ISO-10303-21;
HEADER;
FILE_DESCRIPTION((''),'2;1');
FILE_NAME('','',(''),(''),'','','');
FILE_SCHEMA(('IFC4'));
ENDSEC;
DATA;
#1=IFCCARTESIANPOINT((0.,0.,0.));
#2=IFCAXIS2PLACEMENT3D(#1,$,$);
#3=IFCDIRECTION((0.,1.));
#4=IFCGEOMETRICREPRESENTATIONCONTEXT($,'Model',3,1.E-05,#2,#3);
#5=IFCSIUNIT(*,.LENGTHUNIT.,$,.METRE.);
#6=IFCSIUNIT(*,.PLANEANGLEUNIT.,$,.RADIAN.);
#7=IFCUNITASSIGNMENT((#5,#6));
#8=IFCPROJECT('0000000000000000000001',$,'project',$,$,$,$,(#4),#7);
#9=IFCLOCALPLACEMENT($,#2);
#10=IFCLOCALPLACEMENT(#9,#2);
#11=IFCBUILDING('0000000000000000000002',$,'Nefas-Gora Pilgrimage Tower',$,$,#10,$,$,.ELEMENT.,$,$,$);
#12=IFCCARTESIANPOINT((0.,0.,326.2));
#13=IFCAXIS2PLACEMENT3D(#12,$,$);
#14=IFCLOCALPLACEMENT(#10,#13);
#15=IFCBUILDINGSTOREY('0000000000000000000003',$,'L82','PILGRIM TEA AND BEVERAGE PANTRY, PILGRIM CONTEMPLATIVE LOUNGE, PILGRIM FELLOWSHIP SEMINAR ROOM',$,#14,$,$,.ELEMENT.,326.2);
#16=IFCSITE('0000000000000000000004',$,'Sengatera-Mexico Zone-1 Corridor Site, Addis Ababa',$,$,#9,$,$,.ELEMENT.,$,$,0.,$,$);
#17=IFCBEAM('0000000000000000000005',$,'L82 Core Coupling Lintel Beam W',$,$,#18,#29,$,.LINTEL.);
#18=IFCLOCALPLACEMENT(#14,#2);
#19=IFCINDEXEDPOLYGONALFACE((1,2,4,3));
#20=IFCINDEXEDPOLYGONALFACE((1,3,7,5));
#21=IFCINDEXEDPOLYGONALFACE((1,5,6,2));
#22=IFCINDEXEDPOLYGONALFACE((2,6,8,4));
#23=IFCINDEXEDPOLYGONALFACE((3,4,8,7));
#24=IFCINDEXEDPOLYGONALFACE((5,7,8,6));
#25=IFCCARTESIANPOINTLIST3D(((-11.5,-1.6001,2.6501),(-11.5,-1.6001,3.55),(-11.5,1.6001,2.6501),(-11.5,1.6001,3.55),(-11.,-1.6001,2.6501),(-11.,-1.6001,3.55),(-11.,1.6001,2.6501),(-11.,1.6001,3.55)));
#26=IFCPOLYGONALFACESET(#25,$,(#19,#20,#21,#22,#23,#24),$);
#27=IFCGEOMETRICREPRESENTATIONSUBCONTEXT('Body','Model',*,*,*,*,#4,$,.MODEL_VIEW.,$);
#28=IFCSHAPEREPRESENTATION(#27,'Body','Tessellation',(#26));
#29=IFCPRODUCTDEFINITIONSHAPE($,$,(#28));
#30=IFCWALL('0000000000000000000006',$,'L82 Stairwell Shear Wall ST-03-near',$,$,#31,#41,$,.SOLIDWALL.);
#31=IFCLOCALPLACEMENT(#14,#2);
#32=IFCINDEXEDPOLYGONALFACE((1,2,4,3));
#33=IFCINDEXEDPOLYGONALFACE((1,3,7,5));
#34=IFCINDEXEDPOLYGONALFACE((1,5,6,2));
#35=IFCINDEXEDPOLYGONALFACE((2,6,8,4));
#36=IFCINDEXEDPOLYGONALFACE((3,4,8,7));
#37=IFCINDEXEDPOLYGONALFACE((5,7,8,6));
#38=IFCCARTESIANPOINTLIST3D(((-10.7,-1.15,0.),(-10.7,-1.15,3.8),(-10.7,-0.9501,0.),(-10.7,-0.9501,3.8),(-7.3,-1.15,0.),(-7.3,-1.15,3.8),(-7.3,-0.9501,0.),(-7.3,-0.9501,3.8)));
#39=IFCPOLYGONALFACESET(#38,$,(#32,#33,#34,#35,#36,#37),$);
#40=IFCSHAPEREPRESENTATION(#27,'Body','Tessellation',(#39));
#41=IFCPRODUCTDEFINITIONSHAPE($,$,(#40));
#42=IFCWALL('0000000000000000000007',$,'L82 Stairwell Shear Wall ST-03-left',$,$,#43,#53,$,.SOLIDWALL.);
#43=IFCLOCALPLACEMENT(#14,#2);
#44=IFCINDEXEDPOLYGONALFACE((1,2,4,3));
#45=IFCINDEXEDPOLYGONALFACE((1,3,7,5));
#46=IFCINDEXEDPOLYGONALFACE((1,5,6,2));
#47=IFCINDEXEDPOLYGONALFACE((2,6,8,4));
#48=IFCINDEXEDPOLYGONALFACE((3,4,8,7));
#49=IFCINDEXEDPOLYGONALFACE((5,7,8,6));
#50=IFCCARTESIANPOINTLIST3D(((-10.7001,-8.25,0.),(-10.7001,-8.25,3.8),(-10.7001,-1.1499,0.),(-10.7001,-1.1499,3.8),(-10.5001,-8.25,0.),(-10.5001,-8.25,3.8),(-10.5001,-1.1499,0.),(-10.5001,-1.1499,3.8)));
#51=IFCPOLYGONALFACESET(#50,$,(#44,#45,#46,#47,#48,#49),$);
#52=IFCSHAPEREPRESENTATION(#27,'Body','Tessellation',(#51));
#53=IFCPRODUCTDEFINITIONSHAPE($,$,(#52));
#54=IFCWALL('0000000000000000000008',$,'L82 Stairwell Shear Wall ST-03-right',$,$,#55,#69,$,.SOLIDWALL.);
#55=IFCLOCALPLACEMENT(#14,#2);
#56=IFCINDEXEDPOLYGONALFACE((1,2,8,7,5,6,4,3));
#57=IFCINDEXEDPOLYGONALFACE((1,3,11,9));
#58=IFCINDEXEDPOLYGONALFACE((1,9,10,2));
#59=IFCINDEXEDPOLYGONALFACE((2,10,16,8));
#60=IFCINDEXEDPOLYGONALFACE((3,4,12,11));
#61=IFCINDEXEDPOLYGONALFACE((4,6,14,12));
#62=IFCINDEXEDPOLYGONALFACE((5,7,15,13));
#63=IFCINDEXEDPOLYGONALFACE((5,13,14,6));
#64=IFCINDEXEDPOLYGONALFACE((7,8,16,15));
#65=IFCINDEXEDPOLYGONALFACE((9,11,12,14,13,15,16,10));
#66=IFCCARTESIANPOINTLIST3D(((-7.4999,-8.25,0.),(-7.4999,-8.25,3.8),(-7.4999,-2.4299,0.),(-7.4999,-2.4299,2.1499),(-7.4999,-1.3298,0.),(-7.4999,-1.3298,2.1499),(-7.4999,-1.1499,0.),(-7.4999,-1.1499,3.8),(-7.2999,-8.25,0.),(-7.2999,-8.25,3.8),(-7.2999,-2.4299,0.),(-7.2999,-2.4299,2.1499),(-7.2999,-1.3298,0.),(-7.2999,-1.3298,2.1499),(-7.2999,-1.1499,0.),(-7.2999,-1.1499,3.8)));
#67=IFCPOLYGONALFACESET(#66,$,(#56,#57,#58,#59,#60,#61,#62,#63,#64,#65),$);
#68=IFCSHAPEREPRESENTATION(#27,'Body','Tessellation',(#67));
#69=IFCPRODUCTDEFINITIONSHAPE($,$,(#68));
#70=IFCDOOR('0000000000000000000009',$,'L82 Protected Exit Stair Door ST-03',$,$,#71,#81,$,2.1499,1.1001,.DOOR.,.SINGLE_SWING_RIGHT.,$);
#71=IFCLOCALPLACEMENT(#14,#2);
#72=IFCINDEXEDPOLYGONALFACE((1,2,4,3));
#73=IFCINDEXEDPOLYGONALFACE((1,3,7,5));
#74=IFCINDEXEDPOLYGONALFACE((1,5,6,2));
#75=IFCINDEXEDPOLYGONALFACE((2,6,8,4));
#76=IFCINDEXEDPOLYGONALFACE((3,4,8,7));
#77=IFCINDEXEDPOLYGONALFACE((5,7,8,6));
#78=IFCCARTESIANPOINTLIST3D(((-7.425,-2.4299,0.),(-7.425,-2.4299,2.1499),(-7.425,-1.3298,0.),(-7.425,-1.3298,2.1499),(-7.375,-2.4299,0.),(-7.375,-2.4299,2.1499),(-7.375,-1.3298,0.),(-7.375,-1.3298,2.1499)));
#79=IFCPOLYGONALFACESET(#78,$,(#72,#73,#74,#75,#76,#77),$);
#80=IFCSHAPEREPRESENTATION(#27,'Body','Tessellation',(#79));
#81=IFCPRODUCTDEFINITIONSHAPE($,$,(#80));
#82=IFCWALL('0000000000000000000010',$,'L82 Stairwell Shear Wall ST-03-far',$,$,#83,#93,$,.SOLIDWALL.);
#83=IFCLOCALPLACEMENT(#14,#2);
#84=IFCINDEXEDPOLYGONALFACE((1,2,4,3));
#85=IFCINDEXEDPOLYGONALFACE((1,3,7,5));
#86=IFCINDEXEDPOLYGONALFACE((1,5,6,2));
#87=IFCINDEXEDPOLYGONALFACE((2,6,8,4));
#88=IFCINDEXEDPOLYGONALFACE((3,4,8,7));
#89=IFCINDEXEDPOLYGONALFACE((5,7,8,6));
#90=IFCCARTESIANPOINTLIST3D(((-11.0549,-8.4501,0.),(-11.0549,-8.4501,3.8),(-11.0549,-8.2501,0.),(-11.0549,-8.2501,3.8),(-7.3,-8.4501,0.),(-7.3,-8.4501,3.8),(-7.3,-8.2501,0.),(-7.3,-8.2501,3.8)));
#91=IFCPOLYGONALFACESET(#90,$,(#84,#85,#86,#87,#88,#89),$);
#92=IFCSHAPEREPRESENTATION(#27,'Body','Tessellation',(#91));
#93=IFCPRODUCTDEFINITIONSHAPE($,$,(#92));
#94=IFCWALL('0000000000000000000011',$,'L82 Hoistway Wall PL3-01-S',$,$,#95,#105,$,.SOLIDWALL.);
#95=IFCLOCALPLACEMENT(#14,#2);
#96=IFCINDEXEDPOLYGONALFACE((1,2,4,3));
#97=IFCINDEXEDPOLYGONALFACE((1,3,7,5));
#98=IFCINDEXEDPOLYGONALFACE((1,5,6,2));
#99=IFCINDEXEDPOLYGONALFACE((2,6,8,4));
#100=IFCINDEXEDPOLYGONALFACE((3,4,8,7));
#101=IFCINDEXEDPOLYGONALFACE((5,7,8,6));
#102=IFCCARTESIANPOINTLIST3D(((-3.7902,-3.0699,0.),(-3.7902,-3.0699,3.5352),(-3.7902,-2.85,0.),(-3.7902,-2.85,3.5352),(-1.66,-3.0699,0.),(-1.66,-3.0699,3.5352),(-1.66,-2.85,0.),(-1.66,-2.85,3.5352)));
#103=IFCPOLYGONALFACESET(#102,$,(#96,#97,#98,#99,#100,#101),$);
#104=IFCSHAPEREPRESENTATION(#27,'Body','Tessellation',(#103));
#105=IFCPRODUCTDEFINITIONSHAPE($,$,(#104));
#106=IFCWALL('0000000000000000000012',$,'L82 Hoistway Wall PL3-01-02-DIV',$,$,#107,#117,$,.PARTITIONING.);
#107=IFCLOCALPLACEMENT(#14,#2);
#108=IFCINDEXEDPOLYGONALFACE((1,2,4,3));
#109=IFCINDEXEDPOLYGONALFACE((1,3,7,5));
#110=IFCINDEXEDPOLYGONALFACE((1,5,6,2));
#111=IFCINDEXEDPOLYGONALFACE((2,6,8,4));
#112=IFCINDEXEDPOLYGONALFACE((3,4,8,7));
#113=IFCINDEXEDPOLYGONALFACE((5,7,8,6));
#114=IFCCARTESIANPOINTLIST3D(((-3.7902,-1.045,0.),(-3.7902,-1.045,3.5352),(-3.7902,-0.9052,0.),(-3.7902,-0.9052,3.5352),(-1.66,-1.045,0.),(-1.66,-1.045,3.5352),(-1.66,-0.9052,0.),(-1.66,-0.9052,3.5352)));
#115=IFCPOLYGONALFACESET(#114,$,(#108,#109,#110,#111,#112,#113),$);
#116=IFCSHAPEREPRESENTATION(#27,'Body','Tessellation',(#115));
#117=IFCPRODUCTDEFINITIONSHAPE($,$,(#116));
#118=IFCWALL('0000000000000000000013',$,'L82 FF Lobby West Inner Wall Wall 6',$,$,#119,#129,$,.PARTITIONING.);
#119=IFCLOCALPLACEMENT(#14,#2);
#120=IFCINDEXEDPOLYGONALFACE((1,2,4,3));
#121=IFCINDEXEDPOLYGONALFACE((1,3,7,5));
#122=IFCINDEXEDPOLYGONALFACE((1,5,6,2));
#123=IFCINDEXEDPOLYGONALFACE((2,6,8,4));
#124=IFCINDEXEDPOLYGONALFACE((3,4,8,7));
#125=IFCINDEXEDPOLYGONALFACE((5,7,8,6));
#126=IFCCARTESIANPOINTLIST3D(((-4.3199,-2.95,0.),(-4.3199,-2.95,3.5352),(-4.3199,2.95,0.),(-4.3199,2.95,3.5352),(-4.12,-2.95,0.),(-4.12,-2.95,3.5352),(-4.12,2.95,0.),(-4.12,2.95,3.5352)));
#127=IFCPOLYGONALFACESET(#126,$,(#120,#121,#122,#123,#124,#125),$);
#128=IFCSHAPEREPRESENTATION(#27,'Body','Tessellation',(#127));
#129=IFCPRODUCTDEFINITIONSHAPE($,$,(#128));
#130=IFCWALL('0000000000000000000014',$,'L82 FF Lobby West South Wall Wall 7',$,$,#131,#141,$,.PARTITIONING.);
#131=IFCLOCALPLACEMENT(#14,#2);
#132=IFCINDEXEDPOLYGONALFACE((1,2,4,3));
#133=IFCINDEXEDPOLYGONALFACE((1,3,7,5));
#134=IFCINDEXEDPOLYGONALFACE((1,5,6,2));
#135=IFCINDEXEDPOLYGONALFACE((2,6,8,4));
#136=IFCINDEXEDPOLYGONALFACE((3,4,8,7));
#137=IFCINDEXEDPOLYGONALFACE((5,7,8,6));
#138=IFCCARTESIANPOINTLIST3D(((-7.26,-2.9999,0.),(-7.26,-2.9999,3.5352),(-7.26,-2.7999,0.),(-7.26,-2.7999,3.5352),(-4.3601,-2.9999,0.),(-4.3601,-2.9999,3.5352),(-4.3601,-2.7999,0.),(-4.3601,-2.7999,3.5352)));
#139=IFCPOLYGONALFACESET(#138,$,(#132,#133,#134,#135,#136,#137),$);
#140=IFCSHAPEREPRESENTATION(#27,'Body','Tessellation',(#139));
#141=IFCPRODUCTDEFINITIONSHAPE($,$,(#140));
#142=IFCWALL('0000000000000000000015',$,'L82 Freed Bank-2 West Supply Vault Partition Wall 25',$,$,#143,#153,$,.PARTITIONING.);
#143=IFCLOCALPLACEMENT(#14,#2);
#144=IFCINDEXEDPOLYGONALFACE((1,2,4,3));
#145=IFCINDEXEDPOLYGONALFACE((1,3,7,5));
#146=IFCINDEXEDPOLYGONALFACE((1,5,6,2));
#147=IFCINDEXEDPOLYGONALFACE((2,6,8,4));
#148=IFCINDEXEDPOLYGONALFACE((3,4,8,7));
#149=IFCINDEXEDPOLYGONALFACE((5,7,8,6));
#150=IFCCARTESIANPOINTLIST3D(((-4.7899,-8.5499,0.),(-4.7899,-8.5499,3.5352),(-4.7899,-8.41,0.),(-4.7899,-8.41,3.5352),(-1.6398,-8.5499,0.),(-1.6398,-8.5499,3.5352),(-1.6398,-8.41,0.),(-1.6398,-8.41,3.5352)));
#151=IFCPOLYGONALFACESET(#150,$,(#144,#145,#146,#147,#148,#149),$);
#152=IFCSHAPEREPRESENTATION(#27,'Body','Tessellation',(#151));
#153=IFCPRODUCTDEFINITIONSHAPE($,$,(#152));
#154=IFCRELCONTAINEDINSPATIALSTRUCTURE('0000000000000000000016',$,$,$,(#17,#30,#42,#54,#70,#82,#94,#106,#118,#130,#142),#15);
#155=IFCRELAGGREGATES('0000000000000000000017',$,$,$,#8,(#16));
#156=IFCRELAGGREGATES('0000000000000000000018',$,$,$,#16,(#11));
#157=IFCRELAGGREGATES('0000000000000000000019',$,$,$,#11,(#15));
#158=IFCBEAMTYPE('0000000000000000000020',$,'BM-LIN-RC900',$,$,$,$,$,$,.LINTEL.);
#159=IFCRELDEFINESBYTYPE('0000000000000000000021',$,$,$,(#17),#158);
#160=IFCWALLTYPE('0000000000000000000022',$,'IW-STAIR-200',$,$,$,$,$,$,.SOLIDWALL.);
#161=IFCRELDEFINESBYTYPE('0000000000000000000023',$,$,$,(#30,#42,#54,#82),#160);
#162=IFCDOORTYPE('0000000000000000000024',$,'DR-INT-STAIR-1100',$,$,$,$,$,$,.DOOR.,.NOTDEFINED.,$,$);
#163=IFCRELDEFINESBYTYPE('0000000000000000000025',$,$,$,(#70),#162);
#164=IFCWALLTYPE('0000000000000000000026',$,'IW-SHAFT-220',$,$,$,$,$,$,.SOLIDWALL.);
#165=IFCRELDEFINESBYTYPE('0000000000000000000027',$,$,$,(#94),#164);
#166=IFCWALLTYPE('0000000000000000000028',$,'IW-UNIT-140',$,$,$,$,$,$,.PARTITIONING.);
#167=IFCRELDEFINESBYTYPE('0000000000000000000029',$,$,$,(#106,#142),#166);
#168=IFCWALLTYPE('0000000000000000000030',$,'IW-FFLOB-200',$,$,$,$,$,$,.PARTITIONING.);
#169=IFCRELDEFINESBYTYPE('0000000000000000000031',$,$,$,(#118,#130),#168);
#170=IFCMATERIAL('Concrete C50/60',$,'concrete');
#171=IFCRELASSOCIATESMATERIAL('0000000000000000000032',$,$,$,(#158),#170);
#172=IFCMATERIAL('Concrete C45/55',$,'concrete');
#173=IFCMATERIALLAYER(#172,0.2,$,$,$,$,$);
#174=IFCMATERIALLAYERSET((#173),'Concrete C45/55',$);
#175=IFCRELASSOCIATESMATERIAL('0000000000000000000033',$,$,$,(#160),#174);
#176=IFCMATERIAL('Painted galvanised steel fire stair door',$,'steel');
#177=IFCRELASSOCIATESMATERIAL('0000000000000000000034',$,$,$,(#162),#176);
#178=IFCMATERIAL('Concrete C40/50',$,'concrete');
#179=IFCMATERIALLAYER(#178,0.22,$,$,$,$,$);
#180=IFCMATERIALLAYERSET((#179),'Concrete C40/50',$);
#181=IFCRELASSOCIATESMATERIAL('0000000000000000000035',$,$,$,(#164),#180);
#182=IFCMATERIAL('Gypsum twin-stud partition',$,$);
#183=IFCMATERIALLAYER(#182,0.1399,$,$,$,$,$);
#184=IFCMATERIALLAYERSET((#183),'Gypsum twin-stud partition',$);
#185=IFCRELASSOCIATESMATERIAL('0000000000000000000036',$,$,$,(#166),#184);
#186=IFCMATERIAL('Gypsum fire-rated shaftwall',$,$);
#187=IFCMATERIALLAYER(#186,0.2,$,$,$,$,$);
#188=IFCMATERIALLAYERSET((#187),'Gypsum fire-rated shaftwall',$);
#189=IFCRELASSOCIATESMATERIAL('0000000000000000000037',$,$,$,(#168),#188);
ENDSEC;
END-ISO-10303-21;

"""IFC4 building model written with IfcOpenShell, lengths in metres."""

from ifc_helpers import new_model, si_unit, direction, frame, frame_2d, origin, origin_2d, place, context, subcontext, project, spatial, rectangle, extrude, source, transform, mapped, material, layer, layer_set, material_profile, profile_set, type_object, element, fill, save


model = new_model("IFC4")

# Units and contexts
model_context = context("Model", 3, precision=1e-05, world=origin(), true_north=direction((0.0, 1.0)))
body_context = subcontext(model_context, "Body", "Model", "MODEL_VIEW")
ifc_project = project(units=[si_unit("LENGTHUNIT", "METRE"), si_unit("PLANEANGLEUNIT", "RADIAN")], contexts=[model_context])

# Site, building, storey
site_placement = place(None, origin())
site = spatial("IfcSite", under=ifc_project, at=site_placement, Name="Sengatera-Mexico Zone-1 Corridor Site, Addis Ababa", CompositionType="ELEMENT", RefElevation=0.0)
building_placement = place(site_placement, origin())
building = spatial("IfcBuilding", under=site, at=building_placement, Name="Nefas-Gora Pilgrimage Tower", CompositionType="ELEMENT")
storey_placement = place(building_placement, frame((0.0, 0.0, 326.2)))
storey = spatial("IfcBuildingStorey", under=building, at=storey_placement, Name="L82", Description="PILGRIM TEA AND BEVERAGE PANTRY, PILGRIM CONTEMPLATIVE LOUNGE, PILGRIM FELLOWSHIP SEMINAR ROOM", CompositionType="ELEMENT", Elevation=326.2)

# Beam
ifc_material_1 = material(Name="Concrete C50/60", Category="concrete")
ifc_material_profile = material_profile(ifc_material_1, rectangle(XDim=0.5, YDim=0.8999, at=origin_2d()), Name="RC 500x900")
ifc_profile_set = profile_set([ifc_material_profile], Name="Concrete C50/60")
beam_type = type_object("IfcBeamType", Name="BM-LIN-RC900", PredefinedType="LINTEL", material=ifc_profile_set)
shared_shape_1 = source(origin(), body_context, "Body", "SweptSolid", [
    extrude(rectangle(XDim=0.5, YDim=0.8999, at=origin_2d()), origin(), (0.0, 0.0, 1.0), 3.2002),
])
beam_placement = place(storey_placement, frame((-11.25, -1.6001, 3.1001), z_axis=(0.0, 1.0, 0.0), x_axis=(-1.0, 0.0, 0.0)))
element("IfcBeam", 1, at=beam_placement, inside=storey, type_object=beam_type, Name="L82 Core Coupling Lintel Beam W", PredefinedType="LINTEL", context=body_context, shape_type="MappedRepresentation", body=[
    mapped(shared_shape_1, transform((0.0, 0.0, 0.0), x_axis=(1.0, 0.0, 0.0), y_axis=(0.0, 1.0, 0.0), z_axis=(0.0, 0.0, 1.0), scale=1.0)),
])

# Walls
ifc_material_2 = material(Name="Concrete C45/55", Category="concrete")
ifc_layer_1 = layer(ifc_material_2, 0.2)
ifc_layer_set_1 = layer_set([ifc_layer_1], Name="Concrete C45/55")
wall_type_1 = type_object("IfcWallType", Name="IW-STAIR-200", PredefinedType="SOLIDWALL", material=ifc_layer_set_1)
shared_shape_2 = source(origin(), body_context, "Body", "SweptSolid", [
    extrude(rectangle(XDim=3.3999, YDim=0.2, at=frame_2d((1.7, 0.0))), origin(), (0.0, 0.0, 1.0), 3.8),
])
wall_1_placement = place(storey_placement, frame((-10.7, -1.05, 0.0), z_axis=(0.0, 0.0, 1.0), x_axis=(1.0, 0.0, 0.0)))
element("IfcWall", 2, at=wall_1_placement, inside=storey, type_object=wall_type_1, Name="L82 Stairwell Shear Wall ST-03-near", PredefinedType="SOLIDWALL", context=body_context, shape_type="MappedRepresentation", body=[
    mapped(shared_shape_2, transform((0.0, 0.0, 0.0), x_axis=(1.0, 0.0, 0.0), y_axis=(0.0, 1.0, 0.0), z_axis=(0.0, 0.0, 1.0), scale=1.0)),
])
shared_shape_3 = source(origin(), body_context, "Body", "SweptSolid", [
    extrude(rectangle(XDim=7.1001, YDim=0.2, at=frame_2d((3.55, 0.0))), origin(), (0.0, 0.0, 1.0), 3.8),
])
wall_2_placement = place(storey_placement, frame((-10.6001, -1.1499, 0.0), z_axis=(0.0, 0.0, 1.0), x_axis=(0.0, -1.0, 0.0)))
element("IfcWall", 3, at=wall_2_placement, inside=storey, type_object=wall_type_1, Name="L82 Stairwell Shear Wall ST-03-left", PredefinedType="SOLIDWALL", context=body_context, shape_type="MappedRepresentation", body=[
    mapped(shared_shape_3, transform((0.0, 0.0, 0.0), x_axis=(1.0, 0.0, 0.0), y_axis=(0.0, 1.0, 0.0), z_axis=(0.0, 0.0, 1.0), scale=1.0)),
])

# Wall, opening, door
wall_3_placement = place(storey_placement, frame((-7.3999, -1.1499, 0.0), z_axis=(0.0, 0.0, 1.0), x_axis=(0.0, -1.0, 0.0)))
wall_3 = element("IfcWall", 4, at=wall_3_placement, inside=storey, type_object=wall_type_1, Name="L82 Stairwell Shear Wall ST-03-right", PredefinedType="SOLIDWALL", context=body_context, shape_type="MappedRepresentation", body=[
    mapped(shared_shape_3, transform((0.0, 0.0, 0.0), x_axis=(1.0, 0.0, 0.0), y_axis=(0.0, 1.0, 0.0), z_axis=(0.0, 0.0, 1.0), scale=1.0)),
])
opening_placement = place(wall_3_placement, frame((0.1799, 0.0, 0.0)))
opening = element("IfcOpeningElement", 5, at=opening_placement, cuts=wall_3, PredefinedType="OPENING", context=body_context, shape_type="SweptSolid", body=[
    extrude(rectangle(XDim=1.1001, YDim=2.1499, at=frame_2d((0.55, 1.075))), frame((0.0, 0.1099, 0.0), z_axis=(0.0, -1.0, 0.0), x_axis=(1.0, 0.0, 0.0)), (0.0, 0.0, 1.0), 0.22),
])
ifc_material_3 = material(Name="Painted galvanised steel fire stair door", Category="steel")
door_type = type_object("IfcDoorType", Name="DR-INT-STAIR-1100", OperationType="NOTDEFINED", PredefinedType="DOOR", material=ifc_material_3)
shared_shape_4 = source(origin(), body_context, "Body", "SweptSolid", [
    extrude(rectangle(XDim=1.1001, YDim=2.1499, at=frame_2d((0.55, 1.075))), frame((0.0, 0.0249, 0.0), z_axis=(0.0, -1.0, 0.0), x_axis=(1.0, 0.0, 0.0)), (0.0, 0.0, 1.0), 0.05),
])
door_placement = place(opening_placement, origin())
door = element("IfcDoor", 6, at=door_placement, inside=storey, type_object=door_type, Name="L82 Protected Exit Stair Door ST-03", OperationType="SINGLE_SWING_RIGHT", OverallHeight=2.1499, OverallWidth=1.1001, PredefinedType="DOOR", context=body_context, shape_type="MappedRepresentation", body=[
    mapped(shared_shape_4, transform((0.0, 0.0, 0.0), x_axis=(1.0, 0.0, 0.0), y_axis=(0.0, 1.0, 0.0), z_axis=(0.0, 0.0, 1.0), scale=1.0)),
])
fill(opening, door)

# Walls
shared_shape_5 = source(origin(), body_context, "Body", "SweptSolid", [
    extrude(rectangle(XDim=3.7549, YDim=0.2, at=frame_2d((1.8774, 0.0))), origin(), (0.0, 0.0, 1.0), 3.8),
])
wall_4_placement = place(storey_placement, frame((-11.0549, -8.3501, 0.0), z_axis=(0.0, 0.0, 1.0), x_axis=(1.0, 0.0, 0.0)))
element("IfcWall", 7, at=wall_4_placement, inside=storey, type_object=wall_type_1, Name="L82 Stairwell Shear Wall ST-03-far", PredefinedType="SOLIDWALL", context=body_context, shape_type="MappedRepresentation", body=[
    mapped(shared_shape_5, transform((0.0, 0.0, 0.0), x_axis=(1.0, 0.0, 0.0), y_axis=(0.0, 1.0, 0.0), z_axis=(0.0, 0.0, 1.0), scale=1.0)),
])
ifc_material_4 = material(Name="Concrete C40/50", Category="concrete")
ifc_layer_2 = layer(ifc_material_4, 0.22)
ifc_layer_set_2 = layer_set([ifc_layer_2], Name="Concrete C40/50")
wall_type_2 = type_object("IfcWallType", Name="IW-SHAFT-220", PredefinedType="SOLIDWALL", material=ifc_layer_set_2)
shared_shape_6 = source(origin(), body_context, "Body", "SweptSolid", [
    extrude(rectangle(XDim=2.1301, YDim=0.22, at=frame_2d((1.0649, 0.0))), origin(), (0.0, 0.0, 1.0), 3.5352),
])
wall_5_placement = place(storey_placement, frame((-3.79, -2.96, 0.0), z_axis=(0.0, 0.0, 1.0), x_axis=(1.0, 0.0, 0.0)))
element("IfcWall", 8, at=wall_5_placement, inside=storey, type_object=wall_type_2, Name="L82 Hoistway Wall PL3-01-S", PredefinedType="SOLIDWALL", context=body_context, shape_type="MappedRepresentation", body=[
    mapped(shared_shape_6, transform((0.0, 0.0, 0.0), x_axis=(1.0, 0.0, 0.0), y_axis=(0.0, 1.0, 0.0), z_axis=(0.0, 0.0, 1.0), scale=1.0)),
])
ifc_material_5 = material(Name="Gypsum twin-stud partition")
ifc_layer_3 = layer(ifc_material_5, 0.1399)
ifc_layer_set_3 = layer_set([ifc_layer_3], Name="Gypsum twin-stud partition")
wall_type_3 = type_object("IfcWallType", Name="IW-UNIT-140", PredefinedType="PARTITIONING", material=ifc_layer_set_3)
shared_shape_7 = source(origin(), body_context, "Body", "SweptSolid", [
    extrude(rectangle(XDim=2.1301, YDim=0.1399, at=frame_2d((1.0649, 0.0))), origin(), (0.0, 0.0, 1.0), 3.5352),
])
wall_6_placement = place(storey_placement, frame((-3.79, -0.9751, 0.0), z_axis=(0.0, 0.0, 1.0), x_axis=(1.0, 0.0, 0.0)))
element("IfcWall", 9, at=wall_6_placement, inside=storey, type_object=wall_type_3, Name="L82 Hoistway Wall PL3-01-02-DIV", PredefinedType="PARTITIONING", context=body_context, shape_type="MappedRepresentation", body=[
    mapped(shared_shape_7, transform((0.0, 0.0, 0.0), x_axis=(1.0, 0.0, 0.0), y_axis=(0.0, 1.0, 0.0), z_axis=(0.0, 0.0, 1.0), scale=1.0)),
])
ifc_material_6 = material(Name="Gypsum fire-rated shaftwall")
ifc_layer_4 = layer(ifc_material_6, 0.2)
ifc_layer_set_4 = layer_set([ifc_layer_4], Name="Gypsum fire-rated shaftwall")
wall_type_4 = type_object("IfcWallType", Name="IW-FFLOB-200", PredefinedType="PARTITIONING", material=ifc_layer_set_4)
shared_shape_8 = source(origin(), body_context, "Body", "SweptSolid", [
    extrude(rectangle(XDim=5.8999, YDim=0.2, at=frame_2d((2.95, 0.0))), origin(), (0.0, 0.0, 1.0), 3.5352),
])
wall_7_placement = place(storey_placement, frame((-4.22, -2.95, 0.0), z_axis=(0.0, 0.0, 1.0), x_axis=(0.0, 1.0, 0.0)))
element("IfcWall", 10, at=wall_7_placement, inside=storey, type_object=wall_type_4, Name="L82 FF Lobby West Inner Wall Wall 6", PredefinedType="PARTITIONING", context=body_context, shape_type="MappedRepresentation", body=[
    mapped(shared_shape_8, transform((0.0, 0.0, 0.0), x_axis=(1.0, 0.0, 0.0), y_axis=(0.0, 1.0, 0.0), z_axis=(0.0, 0.0, 1.0), scale=1.0)),
])
shared_shape_9 = source(origin(), body_context, "Body", "SweptSolid", [
    extrude(rectangle(XDim=2.8999, YDim=0.2, at=frame_2d((1.45, 0.0))), origin(), (0.0, 0.0, 1.0), 3.5352),
])
wall_8_placement = place(storey_placement, frame((-7.26, -2.8999, 0.0), z_axis=(0.0, 0.0, 1.0), x_axis=(1.0, 0.0, 0.0)))
element("IfcWall", 11, at=wall_8_placement, inside=storey, type_object=wall_type_4, Name="L82 FF Lobby West South Wall Wall 7", PredefinedType="PARTITIONING", context=body_context, shape_type="MappedRepresentation", body=[
    mapped(shared_shape_9, transform((0.0, 0.0, 0.0), x_axis=(1.0, 0.0, 0.0), y_axis=(0.0, 1.0, 0.0), z_axis=(0.0, 0.0, 1.0), scale=1.0)),
])
shared_shape_10 = source(origin(), body_context, "Body", "SweptSolid", [
    extrude(rectangle(XDim=3.1501, YDim=0.1399, at=frame_2d((1.5752, 0.0))), origin(), (0.0, 0.0, 1.0), 3.5352),
])
wall_9_placement = place(storey_placement, frame((-4.79, -8.48, 0.0), z_axis=(0.0, 0.0, 1.0), x_axis=(1.0, 0.0, 0.0)))
element("IfcWall", 12, at=wall_9_placement, inside=storey, type_object=wall_type_3, Name="L82 Freed Bank-2 West Supply Vault Partition Wall 25", PredefinedType="PARTITIONING", context=body_context, shape_type="MappedRepresentation", body=[
    mapped(shared_shape_10, transform((0.0, 0.0, 0.0), x_axis=(1.0, 0.0, 0.0), y_axis=(0.0, 1.0, 0.0), z_axis=(0.0, 0.0, 1.0), scale=1.0)),
])

save(model, "model.ifc")
